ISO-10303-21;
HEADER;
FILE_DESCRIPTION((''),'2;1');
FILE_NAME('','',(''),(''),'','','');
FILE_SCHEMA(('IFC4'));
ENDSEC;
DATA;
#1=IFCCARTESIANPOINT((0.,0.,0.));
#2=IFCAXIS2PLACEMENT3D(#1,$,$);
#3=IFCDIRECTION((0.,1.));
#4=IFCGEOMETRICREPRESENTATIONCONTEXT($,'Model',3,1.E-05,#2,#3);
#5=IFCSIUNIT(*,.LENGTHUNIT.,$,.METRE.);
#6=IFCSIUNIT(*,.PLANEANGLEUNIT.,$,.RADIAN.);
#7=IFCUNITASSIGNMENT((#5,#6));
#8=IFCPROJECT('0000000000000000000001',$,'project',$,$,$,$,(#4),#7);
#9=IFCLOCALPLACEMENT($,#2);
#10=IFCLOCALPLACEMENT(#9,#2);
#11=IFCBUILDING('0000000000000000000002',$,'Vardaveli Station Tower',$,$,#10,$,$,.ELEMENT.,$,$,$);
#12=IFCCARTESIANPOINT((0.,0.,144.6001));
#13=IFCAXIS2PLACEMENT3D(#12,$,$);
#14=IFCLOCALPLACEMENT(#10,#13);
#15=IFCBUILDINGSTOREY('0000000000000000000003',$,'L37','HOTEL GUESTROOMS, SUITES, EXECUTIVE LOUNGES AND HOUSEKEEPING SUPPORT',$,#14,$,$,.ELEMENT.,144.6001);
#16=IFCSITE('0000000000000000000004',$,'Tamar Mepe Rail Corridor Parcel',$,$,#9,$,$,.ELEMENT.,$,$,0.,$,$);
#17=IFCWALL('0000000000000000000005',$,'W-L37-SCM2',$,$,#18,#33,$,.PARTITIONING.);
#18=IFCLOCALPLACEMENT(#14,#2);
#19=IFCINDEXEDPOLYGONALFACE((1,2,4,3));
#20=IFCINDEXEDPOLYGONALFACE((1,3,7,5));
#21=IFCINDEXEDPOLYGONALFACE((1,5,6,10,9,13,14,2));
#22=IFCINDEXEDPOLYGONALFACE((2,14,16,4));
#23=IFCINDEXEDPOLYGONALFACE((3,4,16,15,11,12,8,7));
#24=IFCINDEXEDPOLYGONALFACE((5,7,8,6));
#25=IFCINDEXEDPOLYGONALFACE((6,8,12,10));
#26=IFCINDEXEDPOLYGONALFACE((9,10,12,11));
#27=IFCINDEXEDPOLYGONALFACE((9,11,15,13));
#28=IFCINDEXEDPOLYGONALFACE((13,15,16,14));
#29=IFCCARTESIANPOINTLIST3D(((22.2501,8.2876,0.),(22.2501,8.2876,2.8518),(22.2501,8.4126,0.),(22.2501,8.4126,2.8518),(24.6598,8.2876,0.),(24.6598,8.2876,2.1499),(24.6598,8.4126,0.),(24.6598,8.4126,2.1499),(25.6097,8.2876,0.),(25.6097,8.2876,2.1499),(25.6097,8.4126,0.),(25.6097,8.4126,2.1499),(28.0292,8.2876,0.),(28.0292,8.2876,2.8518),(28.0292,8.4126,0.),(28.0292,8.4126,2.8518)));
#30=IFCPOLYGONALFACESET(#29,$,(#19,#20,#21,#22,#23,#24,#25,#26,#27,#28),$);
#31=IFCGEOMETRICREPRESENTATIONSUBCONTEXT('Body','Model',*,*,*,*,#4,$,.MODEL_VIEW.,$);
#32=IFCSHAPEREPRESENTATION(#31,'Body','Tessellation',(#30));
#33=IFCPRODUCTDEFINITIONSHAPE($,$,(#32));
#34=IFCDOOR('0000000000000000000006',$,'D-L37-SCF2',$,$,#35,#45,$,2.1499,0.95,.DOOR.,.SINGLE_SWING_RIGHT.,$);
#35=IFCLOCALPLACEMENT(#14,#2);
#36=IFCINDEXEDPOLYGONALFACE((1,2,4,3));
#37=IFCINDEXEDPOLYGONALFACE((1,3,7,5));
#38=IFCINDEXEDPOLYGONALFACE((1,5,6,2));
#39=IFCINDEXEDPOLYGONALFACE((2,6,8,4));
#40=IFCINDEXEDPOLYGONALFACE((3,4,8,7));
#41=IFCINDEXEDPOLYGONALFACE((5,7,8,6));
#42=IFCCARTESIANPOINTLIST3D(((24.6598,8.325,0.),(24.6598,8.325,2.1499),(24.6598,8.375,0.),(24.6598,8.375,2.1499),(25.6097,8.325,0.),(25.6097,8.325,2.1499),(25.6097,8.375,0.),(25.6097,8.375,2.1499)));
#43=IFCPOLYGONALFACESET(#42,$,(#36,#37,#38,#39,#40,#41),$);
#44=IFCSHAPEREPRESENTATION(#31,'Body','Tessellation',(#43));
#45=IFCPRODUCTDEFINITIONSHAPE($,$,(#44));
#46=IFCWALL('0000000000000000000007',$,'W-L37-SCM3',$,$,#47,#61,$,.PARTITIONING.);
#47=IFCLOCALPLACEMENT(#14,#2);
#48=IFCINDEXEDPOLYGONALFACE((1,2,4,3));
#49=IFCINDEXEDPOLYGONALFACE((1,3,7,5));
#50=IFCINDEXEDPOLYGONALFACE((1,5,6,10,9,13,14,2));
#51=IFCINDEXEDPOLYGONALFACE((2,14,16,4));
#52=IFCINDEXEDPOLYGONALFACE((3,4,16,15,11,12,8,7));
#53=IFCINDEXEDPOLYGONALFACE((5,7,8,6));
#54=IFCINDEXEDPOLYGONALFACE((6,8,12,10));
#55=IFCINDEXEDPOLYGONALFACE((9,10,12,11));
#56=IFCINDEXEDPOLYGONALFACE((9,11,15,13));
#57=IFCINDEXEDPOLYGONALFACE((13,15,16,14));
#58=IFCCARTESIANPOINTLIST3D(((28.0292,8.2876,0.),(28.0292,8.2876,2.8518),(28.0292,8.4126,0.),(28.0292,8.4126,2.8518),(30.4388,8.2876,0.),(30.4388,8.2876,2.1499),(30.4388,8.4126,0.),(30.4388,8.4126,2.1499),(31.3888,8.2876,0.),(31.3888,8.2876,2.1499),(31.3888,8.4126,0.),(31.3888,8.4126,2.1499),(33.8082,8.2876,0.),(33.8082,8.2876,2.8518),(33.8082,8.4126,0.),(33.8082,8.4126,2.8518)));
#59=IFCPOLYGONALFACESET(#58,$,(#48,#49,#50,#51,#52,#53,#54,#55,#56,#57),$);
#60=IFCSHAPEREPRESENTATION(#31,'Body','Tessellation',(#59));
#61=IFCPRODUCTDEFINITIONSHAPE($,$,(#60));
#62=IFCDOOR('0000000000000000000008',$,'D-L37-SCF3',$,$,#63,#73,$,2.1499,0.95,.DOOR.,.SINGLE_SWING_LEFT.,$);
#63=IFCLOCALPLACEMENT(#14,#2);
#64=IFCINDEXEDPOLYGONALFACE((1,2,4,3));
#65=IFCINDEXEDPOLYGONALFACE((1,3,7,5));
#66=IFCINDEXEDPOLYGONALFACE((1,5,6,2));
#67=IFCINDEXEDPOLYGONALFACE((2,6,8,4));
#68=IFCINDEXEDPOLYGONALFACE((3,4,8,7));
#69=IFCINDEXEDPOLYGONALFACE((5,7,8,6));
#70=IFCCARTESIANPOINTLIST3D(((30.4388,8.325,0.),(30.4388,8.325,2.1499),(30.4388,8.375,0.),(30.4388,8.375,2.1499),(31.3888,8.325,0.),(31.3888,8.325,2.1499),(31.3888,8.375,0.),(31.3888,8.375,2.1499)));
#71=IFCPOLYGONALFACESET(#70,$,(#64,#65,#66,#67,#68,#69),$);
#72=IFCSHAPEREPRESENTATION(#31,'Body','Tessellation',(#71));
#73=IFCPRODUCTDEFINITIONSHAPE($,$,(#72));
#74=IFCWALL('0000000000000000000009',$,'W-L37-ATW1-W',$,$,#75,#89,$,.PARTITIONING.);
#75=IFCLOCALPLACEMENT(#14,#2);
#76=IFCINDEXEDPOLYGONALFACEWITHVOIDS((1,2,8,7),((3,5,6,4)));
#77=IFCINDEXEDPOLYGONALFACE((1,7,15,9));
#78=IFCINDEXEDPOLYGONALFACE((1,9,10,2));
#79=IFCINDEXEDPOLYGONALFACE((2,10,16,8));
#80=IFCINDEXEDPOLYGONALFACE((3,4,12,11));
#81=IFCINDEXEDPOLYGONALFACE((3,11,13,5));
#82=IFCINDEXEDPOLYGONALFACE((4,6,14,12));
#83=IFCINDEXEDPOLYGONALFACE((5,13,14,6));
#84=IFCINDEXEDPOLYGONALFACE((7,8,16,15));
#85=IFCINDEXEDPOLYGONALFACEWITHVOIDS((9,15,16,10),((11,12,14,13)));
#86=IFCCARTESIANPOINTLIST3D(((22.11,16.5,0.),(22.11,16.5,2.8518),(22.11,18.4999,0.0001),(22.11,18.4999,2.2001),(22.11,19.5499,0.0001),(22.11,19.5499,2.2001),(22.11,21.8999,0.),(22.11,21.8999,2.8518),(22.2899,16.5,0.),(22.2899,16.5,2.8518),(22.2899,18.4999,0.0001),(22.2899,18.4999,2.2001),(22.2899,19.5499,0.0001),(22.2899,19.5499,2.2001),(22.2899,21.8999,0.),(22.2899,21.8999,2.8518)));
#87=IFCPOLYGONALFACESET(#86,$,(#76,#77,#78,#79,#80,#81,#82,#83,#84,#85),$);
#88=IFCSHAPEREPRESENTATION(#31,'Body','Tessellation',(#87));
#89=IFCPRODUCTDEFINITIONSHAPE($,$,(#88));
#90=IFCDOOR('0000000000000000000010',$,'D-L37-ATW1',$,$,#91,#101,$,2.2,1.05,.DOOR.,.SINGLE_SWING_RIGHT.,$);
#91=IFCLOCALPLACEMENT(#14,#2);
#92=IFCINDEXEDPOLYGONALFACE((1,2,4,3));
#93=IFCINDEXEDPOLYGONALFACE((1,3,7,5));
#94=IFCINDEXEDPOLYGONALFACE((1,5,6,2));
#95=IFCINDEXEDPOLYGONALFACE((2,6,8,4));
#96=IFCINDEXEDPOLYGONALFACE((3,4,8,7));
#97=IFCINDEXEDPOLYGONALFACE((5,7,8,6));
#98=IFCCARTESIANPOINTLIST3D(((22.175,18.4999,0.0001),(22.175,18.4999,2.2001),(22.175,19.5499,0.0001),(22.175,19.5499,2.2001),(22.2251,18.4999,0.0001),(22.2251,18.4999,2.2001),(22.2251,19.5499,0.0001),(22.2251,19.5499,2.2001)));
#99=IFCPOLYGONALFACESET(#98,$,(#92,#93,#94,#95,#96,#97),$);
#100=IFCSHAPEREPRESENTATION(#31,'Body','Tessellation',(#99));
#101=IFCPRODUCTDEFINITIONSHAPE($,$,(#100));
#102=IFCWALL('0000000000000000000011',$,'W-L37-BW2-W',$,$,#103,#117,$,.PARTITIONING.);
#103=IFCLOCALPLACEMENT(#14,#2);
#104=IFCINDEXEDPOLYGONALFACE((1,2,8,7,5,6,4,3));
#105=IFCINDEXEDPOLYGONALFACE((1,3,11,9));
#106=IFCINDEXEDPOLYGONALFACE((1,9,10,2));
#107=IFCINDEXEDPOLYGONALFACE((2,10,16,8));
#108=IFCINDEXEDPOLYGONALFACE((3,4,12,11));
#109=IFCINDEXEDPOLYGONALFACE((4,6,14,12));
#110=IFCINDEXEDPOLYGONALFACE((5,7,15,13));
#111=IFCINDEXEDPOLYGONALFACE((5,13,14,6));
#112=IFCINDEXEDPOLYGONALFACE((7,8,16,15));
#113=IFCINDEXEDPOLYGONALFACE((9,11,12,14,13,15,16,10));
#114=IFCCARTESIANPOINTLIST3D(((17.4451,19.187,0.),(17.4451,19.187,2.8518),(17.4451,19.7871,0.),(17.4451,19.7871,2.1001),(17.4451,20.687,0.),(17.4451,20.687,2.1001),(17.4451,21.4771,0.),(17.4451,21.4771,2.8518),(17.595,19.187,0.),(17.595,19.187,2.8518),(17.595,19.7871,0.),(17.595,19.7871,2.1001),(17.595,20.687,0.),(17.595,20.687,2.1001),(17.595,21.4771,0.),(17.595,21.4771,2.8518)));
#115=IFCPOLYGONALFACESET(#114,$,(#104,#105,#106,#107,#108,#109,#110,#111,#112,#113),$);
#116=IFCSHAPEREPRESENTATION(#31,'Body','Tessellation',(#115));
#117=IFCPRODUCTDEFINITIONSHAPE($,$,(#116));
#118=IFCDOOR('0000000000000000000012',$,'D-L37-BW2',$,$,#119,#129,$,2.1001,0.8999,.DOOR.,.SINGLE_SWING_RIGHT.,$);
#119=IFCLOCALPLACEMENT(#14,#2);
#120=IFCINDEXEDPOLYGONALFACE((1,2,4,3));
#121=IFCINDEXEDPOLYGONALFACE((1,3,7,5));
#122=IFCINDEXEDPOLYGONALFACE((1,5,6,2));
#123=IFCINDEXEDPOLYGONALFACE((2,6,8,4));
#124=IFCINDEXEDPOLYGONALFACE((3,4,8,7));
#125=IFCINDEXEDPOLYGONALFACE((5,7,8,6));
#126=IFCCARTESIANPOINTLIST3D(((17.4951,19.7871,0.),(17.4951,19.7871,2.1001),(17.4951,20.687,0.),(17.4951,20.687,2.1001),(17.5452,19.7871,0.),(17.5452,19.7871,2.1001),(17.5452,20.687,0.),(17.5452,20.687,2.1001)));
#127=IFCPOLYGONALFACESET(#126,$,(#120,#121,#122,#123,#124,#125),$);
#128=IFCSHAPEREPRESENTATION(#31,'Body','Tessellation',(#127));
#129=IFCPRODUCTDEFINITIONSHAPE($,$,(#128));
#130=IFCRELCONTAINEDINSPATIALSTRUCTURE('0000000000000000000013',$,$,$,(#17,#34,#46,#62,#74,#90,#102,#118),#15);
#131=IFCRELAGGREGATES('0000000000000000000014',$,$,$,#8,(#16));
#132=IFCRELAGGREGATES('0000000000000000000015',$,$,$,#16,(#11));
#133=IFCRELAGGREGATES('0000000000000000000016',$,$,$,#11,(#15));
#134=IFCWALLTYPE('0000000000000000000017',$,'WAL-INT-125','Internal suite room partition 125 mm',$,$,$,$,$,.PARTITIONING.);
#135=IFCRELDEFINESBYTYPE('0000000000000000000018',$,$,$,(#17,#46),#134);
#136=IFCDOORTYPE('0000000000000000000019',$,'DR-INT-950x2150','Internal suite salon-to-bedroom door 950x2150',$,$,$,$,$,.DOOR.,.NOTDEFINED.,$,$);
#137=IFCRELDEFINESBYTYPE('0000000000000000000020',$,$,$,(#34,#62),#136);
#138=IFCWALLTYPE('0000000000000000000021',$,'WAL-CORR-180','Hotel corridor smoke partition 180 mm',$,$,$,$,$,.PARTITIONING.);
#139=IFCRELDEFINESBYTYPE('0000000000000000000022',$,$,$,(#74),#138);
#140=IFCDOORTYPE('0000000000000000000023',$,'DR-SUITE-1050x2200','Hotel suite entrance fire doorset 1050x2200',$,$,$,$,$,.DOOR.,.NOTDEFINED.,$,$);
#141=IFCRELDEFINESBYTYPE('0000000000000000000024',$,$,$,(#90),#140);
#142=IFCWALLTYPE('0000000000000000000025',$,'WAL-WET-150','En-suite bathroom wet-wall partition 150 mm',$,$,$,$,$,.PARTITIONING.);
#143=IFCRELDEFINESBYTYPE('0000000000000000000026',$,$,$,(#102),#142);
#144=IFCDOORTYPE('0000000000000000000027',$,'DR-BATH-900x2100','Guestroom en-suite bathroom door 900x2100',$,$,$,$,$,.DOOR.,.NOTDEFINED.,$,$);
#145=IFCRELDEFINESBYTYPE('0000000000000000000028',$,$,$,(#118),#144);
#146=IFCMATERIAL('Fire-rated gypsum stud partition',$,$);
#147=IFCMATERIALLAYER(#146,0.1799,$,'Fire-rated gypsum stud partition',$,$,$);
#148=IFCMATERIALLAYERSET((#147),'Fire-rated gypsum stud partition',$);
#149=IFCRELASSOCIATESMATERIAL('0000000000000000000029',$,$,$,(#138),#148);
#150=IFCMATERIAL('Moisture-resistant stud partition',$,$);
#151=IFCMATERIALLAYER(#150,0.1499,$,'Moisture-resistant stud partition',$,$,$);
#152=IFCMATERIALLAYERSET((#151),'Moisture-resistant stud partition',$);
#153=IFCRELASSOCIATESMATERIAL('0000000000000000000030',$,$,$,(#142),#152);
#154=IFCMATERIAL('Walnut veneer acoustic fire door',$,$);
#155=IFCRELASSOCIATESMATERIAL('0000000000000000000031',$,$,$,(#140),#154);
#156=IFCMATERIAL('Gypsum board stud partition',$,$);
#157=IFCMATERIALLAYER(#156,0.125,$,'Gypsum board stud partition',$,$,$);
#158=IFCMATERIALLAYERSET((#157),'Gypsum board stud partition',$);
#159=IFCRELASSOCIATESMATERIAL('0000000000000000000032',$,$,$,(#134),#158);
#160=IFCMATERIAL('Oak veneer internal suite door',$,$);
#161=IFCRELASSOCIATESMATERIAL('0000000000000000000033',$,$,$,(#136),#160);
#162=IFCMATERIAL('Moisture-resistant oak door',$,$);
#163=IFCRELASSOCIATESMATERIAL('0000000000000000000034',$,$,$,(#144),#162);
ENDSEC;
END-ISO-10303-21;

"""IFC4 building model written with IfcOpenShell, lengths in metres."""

from ifc_helpers import new_model, si_unit, direction, frame, frame_2d, origin, place, context, subcontext, project, spatial, rectangle, extrude, source, transform, mapped, material, layer, layer_set, type_object, element, fill, save


model = new_model("IFC4")

# Units and contexts
model_context = context("Model", 3, precision=1e-05, world=origin(), true_north=direction((0.0, 1.0)))
body_context = subcontext(model_context, "Body", "Model", "MODEL_VIEW")
ifc_project = project(units=[si_unit("LENGTHUNIT", "METRE"), si_unit("PLANEANGLEUNIT", "RADIAN")], contexts=[model_context])

# Site, building, storey
site_placement = place(None, origin())
site = spatial("IfcSite", under=ifc_project, at=site_placement, Name="Tamar Mepe Rail Corridor Parcel", CompositionType="ELEMENT", RefElevation=0.0)
building_placement = place(site_placement, origin())
building = spatial("IfcBuilding", under=site, at=building_placement, Name="Vardaveli Station Tower", CompositionType="ELEMENT")
storey_placement = place(building_placement, frame((0.0, 0.0, 144.6001)))
storey = spatial("IfcBuildingStorey", under=building, at=storey_placement, Name="L37", Description="HOTEL GUESTROOMS, SUITES, EXECUTIVE LOUNGES AND HOUSEKEEPING SUPPORT", CompositionType="ELEMENT", Elevation=144.6001)

# Shared definitions
ifc_material_1 = material(Name="Fire-rated gypsum stud partition")
ifc_layer_1 = layer(ifc_material_1, 0.1799, Name="Fire-rated gypsum stud partition")
ifc_layer_set_1 = layer_set([ifc_layer_1], Name="Fire-rated gypsum stud partition")
wall_type_1 = type_object("IfcWallType", Name="WAL-CORR-180", Description="Hotel corridor smoke partition 180 mm", PredefinedType="PARTITIONING", material=ifc_layer_set_1)
ifc_material_2 = material(Name="Moisture-resistant stud partition")
ifc_layer_2 = layer(ifc_material_2, 0.1499, Name="Moisture-resistant stud partition")
ifc_layer_set_2 = layer_set([ifc_layer_2], Name="Moisture-resistant stud partition")
wall_type_2 = type_object("IfcWallType", Name="WAL-WET-150", Description="En-suite bathroom wet-wall partition 150 mm", PredefinedType="PARTITIONING", material=ifc_layer_set_2)

# Shared definitions
shared_shape_1 = source(origin(), body_context, "Body", "SweptSolid", [
    extrude(rectangle(XDim=1.05, YDim=2.2, at=frame_2d((0.5249, 1.1001))), frame((0.0, 0.1001, 0.0), z_axis=(0.0, -1.0, 0.0), x_axis=(1.0, 0.0, 0.0)), (0.0, 0.0, 1.0), 0.2),
])
ifc_material_3 = material(Name="Walnut veneer acoustic fire door")
door_type_1 = type_object("IfcDoorType", Name="DR-SUITE-1050x2200", Description="Hotel suite entrance fire doorset 1050x2200", OperationType="NOTDEFINED", PredefinedType="DOOR", material=ifc_material_3)
shared_shape_2 = source(origin(), body_context, "Body", "SweptSolid", [
    extrude(rectangle(XDim=1.05, YDim=2.2, at=frame_2d((0.5249, 1.1001))), frame((0.0, 0.0249, 0.0), z_axis=(0.0, -1.0, 0.0), x_axis=(1.0, 0.0, 0.0)), (0.0, 0.0, 1.0), 0.05),
])
shared_shape_3 = source(origin(), body_context, "Body", "SweptSolid", [
    extrude(rectangle(XDim=0.95, YDim=2.1499, at=frame_2d((0.4751, 1.075))), frame((0.0, 0.0249, 0.0), z_axis=(0.0, -1.0, 0.0), x_axis=(1.0, 0.0, 0.0)), (0.0, 0.0, 1.0), 0.05),
])

# Walls, openings, doors
ifc_material_4 = material(Name="Gypsum board stud partition")
ifc_layer_3 = layer(ifc_material_4, 0.125, Name="Gypsum board stud partition")
ifc_layer_set_3 = layer_set([ifc_layer_3], Name="Gypsum board stud partition")
wall_type_3 = type_object("IfcWallType", Name="WAL-INT-125", Description="Internal suite room partition 125 mm", PredefinedType="PARTITIONING", material=ifc_layer_set_3)
shared_shape_4 = source(origin(), body_context, "Body", "SweptSolid", [
    extrude(rectangle(XDim=5.7791, YDim=0.125, at=frame_2d((2.8896, 0.0))), origin(), (0.0, 0.0, 1.0), 2.8518),
])
wall_1_placement = place(storey_placement, frame((22.25, 8.3501, 0.0), z_axis=(0.0, 0.0, 1.0), x_axis=(1.0, 0.0, 0.0)))
wall_1 = element("IfcWall", 1, at=wall_1_placement, inside=storey, type_object=wall_type_3, Name="W-L37-SCM2", PredefinedType="PARTITIONING", context=body_context, shape_type="MappedRepresentation", body=[
    mapped(shared_shape_4, transform((0.0, 0.0, 0.0), scale=1.0)),
])
shared_shape_5 = source(origin(), body_context, "Body", "SweptSolid", [
    extrude(rectangle(XDim=0.95, YDim=2.1499, at=frame_2d((0.4751, 1.075))), frame((0.0, 0.0725, 0.0), z_axis=(0.0, -1.0, 0.0), x_axis=(1.0, 0.0, 0.0)), (0.0, 0.0, 1.0), 0.145),
])
opening_1_placement = place(wall_1_placement, frame((2.4097, 0.0, 0.0)))
opening_1 = element("IfcOpeningElement", 2, at=opening_1_placement, cuts=wall_1, PredefinedType="OPENING", context=body_context, shape_type="MappedRepresentation", body=[
    mapped(shared_shape_5, transform((0.0, 0.0, 0.0), scale=1.0)),
])
ifc_material_5 = material(Name="Oak veneer internal suite door")
door_type_2 = type_object("IfcDoorType", Name="DR-INT-950x2150", Description="Internal suite salon-to-bedroom door 950x2150", OperationType="NOTDEFINED", PredefinedType="DOOR", material=ifc_material_5)
door_1_placement = place(opening_1_placement, origin())
door_1 = element("IfcDoor", 3, at=door_1_placement, inside=storey, type_object=door_type_2, Name="D-L37-SCF2", OperationType="SINGLE_SWING_RIGHT", OverallHeight=2.1499, OverallWidth=0.95, PredefinedType="DOOR", context=body_context, shape_type="MappedRepresentation", body=[
    mapped(shared_shape_3, transform((0.0, 0.0, 0.0), scale=1.0)),
])
fill(opening_1, door_1)
wall_2_placement = place(storey_placement, frame((28.0291, 8.3501, 0.0), z_axis=(0.0, 0.0, 1.0), x_axis=(1.0, 0.0, 0.0)))
wall_2 = element("IfcWall", 4, at=wall_2_placement, inside=storey, type_object=wall_type_3, Name="W-L37-SCM3", PredefinedType="PARTITIONING", context=body_context, shape_type="MappedRepresentation", body=[
    mapped(shared_shape_4, transform((0.0, 0.0, 0.0), scale=1.0)),
])
opening_2_placement = place(wall_2_placement, frame((2.4097, 0.0, 0.0)))
opening_2 = element("IfcOpeningElement", 5, at=opening_2_placement, cuts=wall_2, PredefinedType="OPENING", context=body_context, shape_type="MappedRepresentation", body=[
    mapped(shared_shape_5, transform((0.0, 0.0, 0.0), scale=1.0)),
])
door_2_placement = place(opening_2_placement, origin())
door_2 = element("IfcDoor", 6, at=door_2_placement, inside=storey, type_object=door_type_2, Name="D-L37-SCF3", OperationType="SINGLE_SWING_LEFT", OverallHeight=2.1499, OverallWidth=0.95, PredefinedType="DOOR", context=body_context, shape_type="MappedRepresentation", body=[
    mapped(shared_shape_3, transform((0.0, 0.0, 0.0), scale=1.0)),
])
fill(opening_2, door_2)
shared_shape_6 = source(origin(), body_context, "Body", "SweptSolid", [
    extrude(rectangle(XDim=5.3999, YDim=0.1799, at=frame_2d((2.7, 0.0))), origin(), (0.0, 0.0, 1.0), 2.8518),
])
wall_3_placement = place(storey_placement, frame((22.2, 16.5, 0.0), z_axis=(0.0, 0.0, 1.0), x_axis=(0.0, 1.0, 0.0)))
wall_3 = element("IfcWall", 7, at=wall_3_placement, inside=storey, type_object=wall_type_1, Name="W-L37-ATW1-W", PredefinedType="PARTITIONING", context=body_context, shape_type="MappedRepresentation", body=[
    mapped(shared_shape_6, transform((0.0, 0.0, 0.0), scale=1.0)),
])
opening_3_placement = place(wall_3_placement, frame((2.0, 0.0, 0.0)))
opening_3 = element("IfcOpeningElement", 8, at=opening_3_placement, cuts=wall_3, PredefinedType="OPENING", context=body_context, shape_type="MappedRepresentation", body=[
    mapped(shared_shape_1, transform((0.0, 0.0, 0.0), scale=1.0)),
])
door_3_placement = place(opening_3_placement, origin())
door_3 = element("IfcDoor", 9, at=door_3_placement, inside=storey, type_object=door_type_1, Name="D-L37-ATW1", OperationType="SINGLE_SWING_RIGHT", OverallHeight=2.2, OverallWidth=1.05, PredefinedType="DOOR", context=body_context, shape_type="MappedRepresentation", body=[
    mapped(shared_shape_2, transform((0.0, 0.0, 0.0), scale=1.0)),
])
fill(opening_3, door_3)
shared_shape_7 = source(origin(), body_context, "Body", "SweptSolid", [
    extrude(rectangle(XDim=2.29, YDim=0.1499, at=frame_2d((1.145, 0.0))), origin(), (0.0, 0.0, 1.0), 2.8518),
])
wall_4_placement = place(storey_placement, frame((17.52, 19.187, 0.0), z_axis=(0.0, 0.0, 1.0), x_axis=(0.0, 1.0, 0.0)))
wall_4 = element("IfcWall", 10, at=wall_4_placement, inside=storey, type_object=wall_type_2, Name="W-L37-BW2-W", PredefinedType="PARTITIONING", context=body_context, shape_type="MappedRepresentation", body=[
    mapped(shared_shape_7, transform((0.0, 0.0, 0.0), scale=1.0)),
])
shared_shape_8 = source(origin(), body_context, "Body", "SweptSolid", [
    extrude(rectangle(XDim=0.8999, YDim=2.1001, at=frame_2d((0.45, 1.05))), frame((0.0, 0.085, 0.0), z_axis=(0.0, -1.0, 0.0), x_axis=(1.0, 0.0, 0.0)), (0.0, 0.0, 1.0), 0.1699),
])
opening_4_placement = place(wall_4_placement, frame((0.6001, 0.0, 0.0)))
opening_4 = element("IfcOpeningElement", 11, at=opening_4_placement, cuts=wall_4, PredefinedType="OPENING", context=body_context, shape_type="MappedRepresentation", body=[
    mapped(shared_shape_8, transform((0.0, 0.0, 0.0), scale=1.0)),
])
ifc_material_6 = material(Name="Moisture-resistant oak door")
door_type_3 = type_object("IfcDoorType", Name="DR-BATH-900x2100", Description="Guestroom en-suite bathroom door 900x2100", OperationType="NOTDEFINED", PredefinedType="DOOR", material=ifc_material_6)
shared_shape_9 = source(origin(), body_context, "Body", "SweptSolid", [
    extrude(rectangle(XDim=0.8999, YDim=2.1001, at=frame_2d((0.45, 1.05))), frame((0.0, 0.0249, 0.0), z_axis=(0.0, -1.0, 0.0), x_axis=(1.0, 0.0, 0.0)), (0.0, 0.0, 1.0), 0.05),
])
door_4_placement = place(opening_4_placement, origin())
door_4 = element("IfcDoor", 12, at=door_4_placement, inside=storey, type_object=door_type_3, Name="D-L37-BW2", OperationType="SINGLE_SWING_RIGHT", OverallHeight=2.1001, OverallWidth=0.8999, PredefinedType="DOOR", context=body_context, shape_type="MappedRepresentation", body=[
    mapped(shared_shape_9, transform((0.0, 0.0, 0.0), scale=1.0)),
])
fill(opening_4, door_4)

save(model, "model.ifc")
